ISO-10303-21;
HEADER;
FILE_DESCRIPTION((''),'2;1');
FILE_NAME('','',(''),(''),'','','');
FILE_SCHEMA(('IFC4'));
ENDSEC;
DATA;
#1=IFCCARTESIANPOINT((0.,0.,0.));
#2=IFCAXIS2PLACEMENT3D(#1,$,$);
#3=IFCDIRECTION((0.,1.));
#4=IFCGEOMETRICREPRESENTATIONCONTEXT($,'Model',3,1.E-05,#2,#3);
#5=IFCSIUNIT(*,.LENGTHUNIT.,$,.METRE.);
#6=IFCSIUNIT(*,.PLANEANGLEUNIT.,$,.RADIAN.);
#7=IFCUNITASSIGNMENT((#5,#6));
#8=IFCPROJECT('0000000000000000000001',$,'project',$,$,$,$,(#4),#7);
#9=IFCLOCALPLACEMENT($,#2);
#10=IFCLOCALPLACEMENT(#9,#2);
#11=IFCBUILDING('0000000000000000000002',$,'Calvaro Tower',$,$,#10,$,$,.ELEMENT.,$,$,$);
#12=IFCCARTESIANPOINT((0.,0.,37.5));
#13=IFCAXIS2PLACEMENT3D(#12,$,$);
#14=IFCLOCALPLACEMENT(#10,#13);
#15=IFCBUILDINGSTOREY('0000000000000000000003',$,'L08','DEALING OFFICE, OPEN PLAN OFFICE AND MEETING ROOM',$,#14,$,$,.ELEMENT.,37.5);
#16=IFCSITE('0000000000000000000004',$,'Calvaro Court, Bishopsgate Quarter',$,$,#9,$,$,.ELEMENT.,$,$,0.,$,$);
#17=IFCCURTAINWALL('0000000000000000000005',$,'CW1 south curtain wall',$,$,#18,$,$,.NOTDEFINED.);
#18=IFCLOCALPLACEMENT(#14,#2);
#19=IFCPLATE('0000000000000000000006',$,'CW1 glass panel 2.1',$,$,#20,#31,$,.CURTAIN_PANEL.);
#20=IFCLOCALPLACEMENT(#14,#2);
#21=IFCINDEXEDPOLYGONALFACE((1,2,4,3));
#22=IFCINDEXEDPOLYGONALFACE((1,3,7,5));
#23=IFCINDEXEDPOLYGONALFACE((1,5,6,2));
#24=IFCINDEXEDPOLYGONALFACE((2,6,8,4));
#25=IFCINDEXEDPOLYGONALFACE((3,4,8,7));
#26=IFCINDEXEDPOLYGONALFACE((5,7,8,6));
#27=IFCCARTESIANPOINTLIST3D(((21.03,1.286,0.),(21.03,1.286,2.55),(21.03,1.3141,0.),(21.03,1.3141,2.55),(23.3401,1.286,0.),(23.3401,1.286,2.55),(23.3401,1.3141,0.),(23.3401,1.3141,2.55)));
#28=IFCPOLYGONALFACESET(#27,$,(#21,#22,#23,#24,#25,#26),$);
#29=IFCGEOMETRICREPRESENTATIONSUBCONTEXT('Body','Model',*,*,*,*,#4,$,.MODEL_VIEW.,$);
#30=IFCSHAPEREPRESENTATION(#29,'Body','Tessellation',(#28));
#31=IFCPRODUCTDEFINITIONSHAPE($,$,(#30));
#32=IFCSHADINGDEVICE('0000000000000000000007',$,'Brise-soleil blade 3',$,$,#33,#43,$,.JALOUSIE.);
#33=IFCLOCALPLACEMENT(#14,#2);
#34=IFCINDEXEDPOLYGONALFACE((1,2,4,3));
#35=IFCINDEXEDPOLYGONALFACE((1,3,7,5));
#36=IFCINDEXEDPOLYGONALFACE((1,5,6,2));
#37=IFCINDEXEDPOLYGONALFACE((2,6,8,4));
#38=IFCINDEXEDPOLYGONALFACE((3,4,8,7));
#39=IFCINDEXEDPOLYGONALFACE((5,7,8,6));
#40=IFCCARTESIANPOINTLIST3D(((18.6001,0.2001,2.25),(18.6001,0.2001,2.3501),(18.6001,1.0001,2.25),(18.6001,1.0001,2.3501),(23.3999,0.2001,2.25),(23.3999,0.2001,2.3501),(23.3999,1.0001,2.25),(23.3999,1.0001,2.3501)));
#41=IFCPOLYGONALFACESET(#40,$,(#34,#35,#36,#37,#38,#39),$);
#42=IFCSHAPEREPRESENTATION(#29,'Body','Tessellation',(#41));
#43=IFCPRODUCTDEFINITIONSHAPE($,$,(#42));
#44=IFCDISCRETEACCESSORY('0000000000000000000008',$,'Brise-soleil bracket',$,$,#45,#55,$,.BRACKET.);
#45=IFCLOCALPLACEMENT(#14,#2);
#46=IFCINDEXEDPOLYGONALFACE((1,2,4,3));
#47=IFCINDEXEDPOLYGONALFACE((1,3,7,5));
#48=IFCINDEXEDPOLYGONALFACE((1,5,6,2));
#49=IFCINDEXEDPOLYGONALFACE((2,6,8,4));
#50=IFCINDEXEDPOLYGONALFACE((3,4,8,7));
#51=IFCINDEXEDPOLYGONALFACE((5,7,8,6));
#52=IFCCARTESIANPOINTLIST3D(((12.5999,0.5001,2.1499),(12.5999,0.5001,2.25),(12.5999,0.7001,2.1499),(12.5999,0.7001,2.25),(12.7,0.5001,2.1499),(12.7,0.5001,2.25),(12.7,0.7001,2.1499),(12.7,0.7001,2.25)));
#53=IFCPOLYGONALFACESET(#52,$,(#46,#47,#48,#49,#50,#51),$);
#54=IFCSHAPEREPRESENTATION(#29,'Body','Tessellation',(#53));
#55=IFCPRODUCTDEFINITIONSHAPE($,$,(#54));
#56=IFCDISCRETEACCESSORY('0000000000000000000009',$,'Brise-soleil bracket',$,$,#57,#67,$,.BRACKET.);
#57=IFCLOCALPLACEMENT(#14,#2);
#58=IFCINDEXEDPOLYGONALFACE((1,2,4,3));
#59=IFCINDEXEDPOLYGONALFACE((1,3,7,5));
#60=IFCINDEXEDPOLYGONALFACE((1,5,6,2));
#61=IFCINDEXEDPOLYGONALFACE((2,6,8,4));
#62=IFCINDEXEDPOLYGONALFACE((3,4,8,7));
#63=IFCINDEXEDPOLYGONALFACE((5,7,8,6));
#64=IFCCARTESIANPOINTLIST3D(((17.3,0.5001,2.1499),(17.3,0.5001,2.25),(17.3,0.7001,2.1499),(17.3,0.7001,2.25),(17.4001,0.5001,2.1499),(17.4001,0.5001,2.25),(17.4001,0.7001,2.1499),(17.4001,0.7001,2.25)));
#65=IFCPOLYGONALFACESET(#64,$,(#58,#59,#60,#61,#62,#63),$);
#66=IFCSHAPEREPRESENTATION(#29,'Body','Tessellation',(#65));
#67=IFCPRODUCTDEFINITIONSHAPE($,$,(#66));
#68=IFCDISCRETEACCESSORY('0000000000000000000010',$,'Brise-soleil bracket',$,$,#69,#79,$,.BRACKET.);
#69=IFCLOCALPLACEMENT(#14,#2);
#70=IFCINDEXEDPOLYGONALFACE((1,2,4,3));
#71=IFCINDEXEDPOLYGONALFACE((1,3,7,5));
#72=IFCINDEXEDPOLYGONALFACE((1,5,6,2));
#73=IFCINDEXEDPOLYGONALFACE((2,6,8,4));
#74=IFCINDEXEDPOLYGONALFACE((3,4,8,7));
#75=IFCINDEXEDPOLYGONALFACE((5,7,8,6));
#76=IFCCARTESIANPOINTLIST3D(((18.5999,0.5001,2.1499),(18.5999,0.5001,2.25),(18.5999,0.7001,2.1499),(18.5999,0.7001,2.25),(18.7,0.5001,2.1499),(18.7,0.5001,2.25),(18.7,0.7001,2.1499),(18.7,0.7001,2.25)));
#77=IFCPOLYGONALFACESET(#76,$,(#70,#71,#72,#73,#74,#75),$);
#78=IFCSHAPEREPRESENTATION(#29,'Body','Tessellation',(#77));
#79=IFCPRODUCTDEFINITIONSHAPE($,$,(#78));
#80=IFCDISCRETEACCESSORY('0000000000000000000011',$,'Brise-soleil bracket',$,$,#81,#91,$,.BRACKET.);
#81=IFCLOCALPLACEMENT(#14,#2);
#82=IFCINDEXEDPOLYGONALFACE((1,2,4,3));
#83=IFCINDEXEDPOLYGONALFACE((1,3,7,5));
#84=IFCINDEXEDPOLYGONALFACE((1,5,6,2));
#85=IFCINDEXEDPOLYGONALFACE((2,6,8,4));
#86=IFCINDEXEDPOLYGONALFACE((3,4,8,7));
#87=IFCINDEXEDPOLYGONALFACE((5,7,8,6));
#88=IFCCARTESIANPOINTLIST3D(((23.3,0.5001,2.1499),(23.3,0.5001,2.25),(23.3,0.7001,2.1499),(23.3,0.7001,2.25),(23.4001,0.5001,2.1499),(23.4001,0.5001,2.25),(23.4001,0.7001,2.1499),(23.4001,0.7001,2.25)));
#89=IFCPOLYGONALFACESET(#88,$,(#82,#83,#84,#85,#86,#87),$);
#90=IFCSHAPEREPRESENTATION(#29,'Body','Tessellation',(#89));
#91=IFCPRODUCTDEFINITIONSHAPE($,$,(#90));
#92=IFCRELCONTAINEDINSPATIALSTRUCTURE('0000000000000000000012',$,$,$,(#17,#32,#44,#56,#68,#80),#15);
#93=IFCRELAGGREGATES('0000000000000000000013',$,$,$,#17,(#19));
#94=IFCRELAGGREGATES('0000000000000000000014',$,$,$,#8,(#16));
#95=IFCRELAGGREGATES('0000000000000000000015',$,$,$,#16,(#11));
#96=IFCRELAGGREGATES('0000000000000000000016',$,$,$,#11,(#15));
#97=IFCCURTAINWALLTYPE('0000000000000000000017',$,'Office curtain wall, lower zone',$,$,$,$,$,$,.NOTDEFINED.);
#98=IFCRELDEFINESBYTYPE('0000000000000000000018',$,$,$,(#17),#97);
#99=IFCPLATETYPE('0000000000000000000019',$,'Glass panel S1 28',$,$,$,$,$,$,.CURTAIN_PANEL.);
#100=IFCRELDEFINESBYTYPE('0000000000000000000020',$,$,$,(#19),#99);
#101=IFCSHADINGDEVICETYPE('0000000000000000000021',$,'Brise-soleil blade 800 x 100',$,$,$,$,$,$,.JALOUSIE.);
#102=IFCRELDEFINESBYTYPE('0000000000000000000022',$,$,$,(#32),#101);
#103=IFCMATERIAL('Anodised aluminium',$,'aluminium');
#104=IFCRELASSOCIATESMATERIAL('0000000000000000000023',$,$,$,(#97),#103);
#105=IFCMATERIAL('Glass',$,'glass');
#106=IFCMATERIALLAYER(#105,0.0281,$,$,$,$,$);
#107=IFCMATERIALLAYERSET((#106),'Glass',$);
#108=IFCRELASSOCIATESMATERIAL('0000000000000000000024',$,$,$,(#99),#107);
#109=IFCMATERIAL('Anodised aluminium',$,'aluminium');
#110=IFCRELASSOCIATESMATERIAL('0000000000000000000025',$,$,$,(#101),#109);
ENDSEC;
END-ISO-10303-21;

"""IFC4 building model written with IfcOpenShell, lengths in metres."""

from ifc_helpers import new_model, si_unit, direction, frame, origin, origin_2d, place, context, subcontext, project, spatial, rectangle, extrude, material, layer, layer_set, material_profile, profile_set, type_object, element, aggregate, save


model = new_model("IFC4")

# Units and contexts
model_context = context("Model", 3, precision=1e-05, world=origin(), true_north=direction((0.0, 1.0)))
body_context = subcontext(model_context, "Body", "Model", "MODEL_VIEW")
ifc_project = project(units=[si_unit("LENGTHUNIT", "METRE"), si_unit("PLANEANGLEUNIT", "RADIAN")], contexts=[model_context])

# Site, building, storey
site_placement = place(None, origin())
site = spatial("IfcSite", under=ifc_project, at=site_placement, Name="Calvaro Court, Bishopsgate Quarter", CompositionType="ELEMENT", RefElevation=0.0)
building_placement = place(site_placement, origin())
building = spatial("IfcBuilding", under=site, at=building_placement, Name="Calvaro Tower", CompositionType="ELEMENT")
storey_placement = place(building_placement, frame((0.0, 0.0, 37.5)))
storey = spatial("IfcBuildingStorey", under=building, at=storey_placement, Name="L08", Description="DEALING OFFICE, OPEN PLAN OFFICE AND MEETING ROOM", CompositionType="ELEMENT", Elevation=37.5)

# Curtain wall
ifc_material_1 = material(Name="Anodised aluminium", Category="aluminium")
curtain_wall_type = type_object("IfcCurtainWallType", Name="Office curtain wall, lower zone", PredefinedType="NOTDEFINED", material=ifc_material_1)
curtain_wall_1_placement = place(storey_placement, origin())
curtain_wall_1 = element("IfcCurtainWall", 1, at=curtain_wall_1_placement, inside=storey, type_object=curtain_wall_type, Name="CW1 south curtain wall", PredefinedType="NOTDEFINED")

# Plate
ifc_material_2 = material(Name="Glass", Category="glass")
ifc_layer = layer(ifc_material_2, 0.0281)
ifc_layer_set = layer_set([ifc_layer], Name="Glass")
plate_type = type_object("IfcPlateType", Name="Glass panel S1 28", PredefinedType="CURTAIN_PANEL", material=ifc_layer_set)
plate_1_placement = place(storey_placement, frame((22.1851, 1.3, 0.0), z_axis=(0.0, 0.0, 1.0), x_axis=(1.0, 0.0, 0.0)))
plate_1 = element("IfcPlate", 2, at=plate_1_placement, type_object=plate_type, Name="CW1 glass panel 2.1", PredefinedType="CURTAIN_PANEL", context=body_context, shape_type="SweptSolid", body=[
    extrude(rectangle(XDim=2.3101, YDim=0.0281, at=origin_2d()), origin(), (0.0, 0.0, 1.0), 2.55),
])
aggregate(curtain_wall_1, [plate_1])

# Shading device
ifc_material_3 = material(Name="Anodised aluminium", Category="aluminium")
ifc_material_profile_1 = material_profile(ifc_material_3, rectangle(XDim=0.8, YDim=0.1001, at=origin_2d()), Name="Brise-soleil blade 800 x 100")
ifc_profile_set_1 = profile_set([ifc_material_profile_1], Name="Anodised aluminium")
shading_device_type = type_object("IfcShadingDeviceType", Name="Brise-soleil blade 800 x 100", PredefinedType="JALOUSIE", material=ifc_profile_set_1)
shading_device_placement = place(storey_placement, frame((18.6001, 0.6001, 2.3), z_axis=(1.0, 0.0, 0.0), x_axis=(0.0, 1.0, 0.0)))
element("IfcShadingDevice", 3, at=shading_device_placement, inside=storey, type_object=shading_device_type, Name="Brise-soleil blade 3", PredefinedType="JALOUSIE", context=body_context, shape_type="SweptSolid", body=[
    extrude(rectangle(XDim=0.8, YDim=0.1001, at=origin_2d()), origin(), (0.0, 0.0, 1.0), 4.7998),
])

# Discrete accessories
for number, where, z_axis, x_axis, name in (
    (4, (12.6499, 0.6001, 2.1499), (0.0, 0.0, 1.0), (1.0, 0.0, 0.0), "Brise-soleil bracket"),
    (5, (17.3501, 0.6001, 2.1499), (0.0, 0.0, 1.0), (1.0, 0.0, 0.0), "Brise-soleil bracket"),
    (6, (18.6499, 0.6001, 2.1499), (0.0, 0.0, 1.0), (1.0, 0.0, 0.0), "Brise-soleil bracket"),
    (7, (23.3501, 0.6001, 2.1499), (0.0, 0.0, 1.0), (1.0, 0.0, 0.0), "Brise-soleil bracket"),
):
    element("IfcDiscreteAccessory", number, at=place(storey_placement, frame(where, z_axis=z_axis, x_axis=x_axis)), inside=storey, Name=name, PredefinedType="BRACKET", context=body_context, shape_type="SweptSolid", body=[
        extrude(rectangle(XDim=0.1001, YDim=0.2, at=origin_2d()), origin(), (0.0, 0.0, 1.0), 0.1001),
    ])

save(model, "model.ifc")
